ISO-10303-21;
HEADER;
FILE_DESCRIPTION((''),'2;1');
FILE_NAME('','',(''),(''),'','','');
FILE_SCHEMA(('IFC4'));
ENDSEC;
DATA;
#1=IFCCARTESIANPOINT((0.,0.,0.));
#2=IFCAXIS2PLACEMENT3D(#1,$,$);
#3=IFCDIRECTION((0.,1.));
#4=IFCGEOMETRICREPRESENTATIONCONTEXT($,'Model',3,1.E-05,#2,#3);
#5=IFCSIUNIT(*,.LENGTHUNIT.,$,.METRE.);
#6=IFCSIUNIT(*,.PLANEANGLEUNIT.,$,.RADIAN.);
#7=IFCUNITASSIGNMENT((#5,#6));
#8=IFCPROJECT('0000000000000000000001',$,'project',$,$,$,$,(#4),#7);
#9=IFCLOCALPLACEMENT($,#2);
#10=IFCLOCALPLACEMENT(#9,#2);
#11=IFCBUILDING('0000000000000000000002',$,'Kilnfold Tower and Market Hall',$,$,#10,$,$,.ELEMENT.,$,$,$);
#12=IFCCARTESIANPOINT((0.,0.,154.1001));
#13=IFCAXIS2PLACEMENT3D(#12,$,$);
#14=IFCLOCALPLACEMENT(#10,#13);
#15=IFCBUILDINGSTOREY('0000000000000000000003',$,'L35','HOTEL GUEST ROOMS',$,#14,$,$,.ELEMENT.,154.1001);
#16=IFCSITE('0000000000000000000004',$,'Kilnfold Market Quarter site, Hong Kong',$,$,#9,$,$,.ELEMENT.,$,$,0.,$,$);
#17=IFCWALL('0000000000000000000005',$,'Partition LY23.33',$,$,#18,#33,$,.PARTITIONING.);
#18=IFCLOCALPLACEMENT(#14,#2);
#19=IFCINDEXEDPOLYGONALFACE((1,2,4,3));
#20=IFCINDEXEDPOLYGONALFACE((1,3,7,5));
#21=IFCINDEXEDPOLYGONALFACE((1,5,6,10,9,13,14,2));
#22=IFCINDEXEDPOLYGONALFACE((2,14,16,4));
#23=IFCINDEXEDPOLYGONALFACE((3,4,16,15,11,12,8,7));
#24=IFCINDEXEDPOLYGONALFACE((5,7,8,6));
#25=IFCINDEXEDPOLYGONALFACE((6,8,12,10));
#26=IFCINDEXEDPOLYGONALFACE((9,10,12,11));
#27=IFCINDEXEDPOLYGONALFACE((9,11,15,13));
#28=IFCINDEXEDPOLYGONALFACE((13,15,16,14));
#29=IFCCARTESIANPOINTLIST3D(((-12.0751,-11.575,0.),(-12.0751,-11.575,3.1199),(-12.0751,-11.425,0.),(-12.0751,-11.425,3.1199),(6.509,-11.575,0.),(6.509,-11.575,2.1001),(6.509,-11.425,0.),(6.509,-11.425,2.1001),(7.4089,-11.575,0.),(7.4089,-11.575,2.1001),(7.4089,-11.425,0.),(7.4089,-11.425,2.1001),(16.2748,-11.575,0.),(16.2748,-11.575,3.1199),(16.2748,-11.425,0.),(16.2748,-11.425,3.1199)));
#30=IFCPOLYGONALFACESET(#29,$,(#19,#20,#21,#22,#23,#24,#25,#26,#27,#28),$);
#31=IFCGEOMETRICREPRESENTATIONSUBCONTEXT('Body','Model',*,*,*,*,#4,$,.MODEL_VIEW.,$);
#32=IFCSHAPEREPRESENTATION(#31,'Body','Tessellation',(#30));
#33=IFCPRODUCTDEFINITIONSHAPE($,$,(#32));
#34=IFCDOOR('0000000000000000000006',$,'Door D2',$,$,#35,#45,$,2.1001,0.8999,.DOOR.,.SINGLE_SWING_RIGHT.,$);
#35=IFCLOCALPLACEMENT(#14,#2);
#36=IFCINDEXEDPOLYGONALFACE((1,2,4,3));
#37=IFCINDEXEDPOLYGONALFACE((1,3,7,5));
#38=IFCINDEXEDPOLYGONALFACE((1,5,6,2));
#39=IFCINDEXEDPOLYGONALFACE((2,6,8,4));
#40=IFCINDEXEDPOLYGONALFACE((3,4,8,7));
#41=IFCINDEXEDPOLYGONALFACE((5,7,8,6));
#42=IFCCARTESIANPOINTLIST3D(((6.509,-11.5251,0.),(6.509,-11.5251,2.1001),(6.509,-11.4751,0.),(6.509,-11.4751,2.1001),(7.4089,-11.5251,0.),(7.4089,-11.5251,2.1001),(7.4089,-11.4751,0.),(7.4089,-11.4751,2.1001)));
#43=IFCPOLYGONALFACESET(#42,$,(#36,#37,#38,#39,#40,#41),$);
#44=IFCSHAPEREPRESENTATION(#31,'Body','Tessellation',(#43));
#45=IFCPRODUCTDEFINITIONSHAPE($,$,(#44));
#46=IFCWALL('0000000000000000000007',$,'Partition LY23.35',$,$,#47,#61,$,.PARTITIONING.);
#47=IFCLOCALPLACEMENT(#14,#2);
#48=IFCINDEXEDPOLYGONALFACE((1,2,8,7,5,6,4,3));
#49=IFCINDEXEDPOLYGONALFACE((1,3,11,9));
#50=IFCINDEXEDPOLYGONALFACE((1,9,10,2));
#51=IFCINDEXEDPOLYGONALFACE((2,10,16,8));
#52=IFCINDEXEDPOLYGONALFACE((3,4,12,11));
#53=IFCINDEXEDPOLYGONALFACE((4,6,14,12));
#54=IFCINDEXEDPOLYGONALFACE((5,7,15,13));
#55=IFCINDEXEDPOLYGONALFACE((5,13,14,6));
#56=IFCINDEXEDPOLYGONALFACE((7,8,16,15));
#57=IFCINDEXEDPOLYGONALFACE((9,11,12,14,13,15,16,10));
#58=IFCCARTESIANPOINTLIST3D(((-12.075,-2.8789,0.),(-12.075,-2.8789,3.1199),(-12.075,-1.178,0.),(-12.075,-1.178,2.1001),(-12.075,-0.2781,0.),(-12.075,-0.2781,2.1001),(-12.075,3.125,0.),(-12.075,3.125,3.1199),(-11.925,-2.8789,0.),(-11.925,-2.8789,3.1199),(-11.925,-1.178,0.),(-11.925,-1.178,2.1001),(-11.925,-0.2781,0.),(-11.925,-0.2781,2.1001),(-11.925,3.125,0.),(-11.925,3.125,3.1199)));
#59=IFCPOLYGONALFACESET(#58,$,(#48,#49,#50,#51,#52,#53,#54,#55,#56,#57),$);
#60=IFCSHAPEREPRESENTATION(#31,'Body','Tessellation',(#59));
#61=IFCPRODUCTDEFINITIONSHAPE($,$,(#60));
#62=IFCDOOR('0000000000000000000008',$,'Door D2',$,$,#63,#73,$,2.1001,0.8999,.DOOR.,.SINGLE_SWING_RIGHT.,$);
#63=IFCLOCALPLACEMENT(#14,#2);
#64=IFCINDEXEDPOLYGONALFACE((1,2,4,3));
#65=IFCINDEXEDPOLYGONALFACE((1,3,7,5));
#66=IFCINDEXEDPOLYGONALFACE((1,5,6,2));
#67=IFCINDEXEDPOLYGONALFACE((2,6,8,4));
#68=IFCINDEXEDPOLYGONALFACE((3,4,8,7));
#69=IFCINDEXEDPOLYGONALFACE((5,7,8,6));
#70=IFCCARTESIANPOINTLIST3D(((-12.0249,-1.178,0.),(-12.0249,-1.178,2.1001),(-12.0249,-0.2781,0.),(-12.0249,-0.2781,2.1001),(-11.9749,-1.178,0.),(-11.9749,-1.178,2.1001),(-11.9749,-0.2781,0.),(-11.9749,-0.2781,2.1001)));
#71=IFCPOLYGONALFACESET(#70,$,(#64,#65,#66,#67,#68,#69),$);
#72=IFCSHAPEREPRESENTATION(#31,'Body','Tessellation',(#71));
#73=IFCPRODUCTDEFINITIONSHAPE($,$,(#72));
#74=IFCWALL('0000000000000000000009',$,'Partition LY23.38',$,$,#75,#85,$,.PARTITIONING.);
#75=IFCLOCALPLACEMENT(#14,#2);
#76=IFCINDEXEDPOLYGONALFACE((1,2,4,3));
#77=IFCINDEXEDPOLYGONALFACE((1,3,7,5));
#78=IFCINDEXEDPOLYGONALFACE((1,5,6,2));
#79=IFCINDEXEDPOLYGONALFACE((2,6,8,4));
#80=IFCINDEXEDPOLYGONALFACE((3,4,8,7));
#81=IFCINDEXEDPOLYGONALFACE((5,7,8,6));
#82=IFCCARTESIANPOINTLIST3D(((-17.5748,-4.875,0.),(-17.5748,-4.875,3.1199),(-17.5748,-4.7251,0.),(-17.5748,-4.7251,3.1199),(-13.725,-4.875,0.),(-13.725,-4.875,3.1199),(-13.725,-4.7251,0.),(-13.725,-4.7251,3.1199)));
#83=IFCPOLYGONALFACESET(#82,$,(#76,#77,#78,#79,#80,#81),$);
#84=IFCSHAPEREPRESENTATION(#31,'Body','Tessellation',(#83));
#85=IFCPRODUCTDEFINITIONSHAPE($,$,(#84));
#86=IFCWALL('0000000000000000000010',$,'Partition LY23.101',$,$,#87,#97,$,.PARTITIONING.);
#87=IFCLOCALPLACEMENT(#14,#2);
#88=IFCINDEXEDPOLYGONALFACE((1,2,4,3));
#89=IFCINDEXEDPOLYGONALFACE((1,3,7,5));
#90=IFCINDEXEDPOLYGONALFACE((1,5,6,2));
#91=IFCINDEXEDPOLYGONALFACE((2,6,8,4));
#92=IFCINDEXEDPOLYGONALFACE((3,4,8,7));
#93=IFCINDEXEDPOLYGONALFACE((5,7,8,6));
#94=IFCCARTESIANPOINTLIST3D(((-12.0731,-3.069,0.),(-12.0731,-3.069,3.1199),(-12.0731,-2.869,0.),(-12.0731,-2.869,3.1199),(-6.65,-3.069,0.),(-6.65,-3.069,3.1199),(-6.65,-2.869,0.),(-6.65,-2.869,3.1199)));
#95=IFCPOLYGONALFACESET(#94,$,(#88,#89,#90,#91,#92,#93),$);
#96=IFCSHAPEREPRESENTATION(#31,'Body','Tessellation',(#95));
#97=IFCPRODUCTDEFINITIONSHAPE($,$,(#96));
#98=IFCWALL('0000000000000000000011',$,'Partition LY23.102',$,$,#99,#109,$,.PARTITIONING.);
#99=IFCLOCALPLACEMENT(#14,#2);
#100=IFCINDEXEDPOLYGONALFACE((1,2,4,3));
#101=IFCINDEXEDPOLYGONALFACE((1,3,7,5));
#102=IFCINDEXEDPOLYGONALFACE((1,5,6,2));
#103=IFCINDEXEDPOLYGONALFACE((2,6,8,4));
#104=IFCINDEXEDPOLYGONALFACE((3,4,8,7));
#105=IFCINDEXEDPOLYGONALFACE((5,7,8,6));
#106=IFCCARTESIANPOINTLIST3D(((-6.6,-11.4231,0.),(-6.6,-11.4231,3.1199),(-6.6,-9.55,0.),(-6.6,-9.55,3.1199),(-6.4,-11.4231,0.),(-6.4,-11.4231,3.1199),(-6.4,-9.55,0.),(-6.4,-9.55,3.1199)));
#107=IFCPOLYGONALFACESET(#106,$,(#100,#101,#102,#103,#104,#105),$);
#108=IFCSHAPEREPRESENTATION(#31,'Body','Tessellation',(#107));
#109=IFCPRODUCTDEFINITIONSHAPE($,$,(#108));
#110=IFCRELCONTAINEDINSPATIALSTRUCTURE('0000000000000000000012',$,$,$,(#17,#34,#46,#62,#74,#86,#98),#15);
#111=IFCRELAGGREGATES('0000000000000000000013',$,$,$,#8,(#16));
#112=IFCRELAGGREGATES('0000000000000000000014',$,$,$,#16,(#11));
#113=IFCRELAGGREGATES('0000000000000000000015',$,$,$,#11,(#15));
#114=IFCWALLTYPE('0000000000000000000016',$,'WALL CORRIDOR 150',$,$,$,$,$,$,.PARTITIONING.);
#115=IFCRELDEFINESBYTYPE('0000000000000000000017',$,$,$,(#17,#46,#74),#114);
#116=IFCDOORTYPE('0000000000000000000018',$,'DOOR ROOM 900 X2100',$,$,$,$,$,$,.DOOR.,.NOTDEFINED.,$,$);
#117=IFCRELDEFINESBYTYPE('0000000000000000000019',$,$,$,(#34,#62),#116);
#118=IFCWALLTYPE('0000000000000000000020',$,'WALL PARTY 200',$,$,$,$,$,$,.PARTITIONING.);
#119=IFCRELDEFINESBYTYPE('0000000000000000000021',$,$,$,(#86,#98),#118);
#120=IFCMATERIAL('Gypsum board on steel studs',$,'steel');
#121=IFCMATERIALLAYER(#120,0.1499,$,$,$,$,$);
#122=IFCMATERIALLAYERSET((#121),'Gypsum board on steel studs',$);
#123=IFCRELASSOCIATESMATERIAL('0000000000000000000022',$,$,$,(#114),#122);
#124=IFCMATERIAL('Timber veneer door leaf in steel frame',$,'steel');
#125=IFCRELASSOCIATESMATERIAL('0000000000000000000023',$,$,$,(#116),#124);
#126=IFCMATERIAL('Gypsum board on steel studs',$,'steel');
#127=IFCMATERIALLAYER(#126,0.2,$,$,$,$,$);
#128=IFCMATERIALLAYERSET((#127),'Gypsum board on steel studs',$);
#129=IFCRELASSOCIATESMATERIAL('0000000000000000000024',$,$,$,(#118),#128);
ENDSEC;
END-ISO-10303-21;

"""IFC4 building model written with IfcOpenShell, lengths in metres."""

from ifc_helpers import new_model, si_unit, direction, frame, frame_2d, origin, place, context, subcontext, project, spatial, rectangle, extrude, material, layer, layer_set, type_object, element, fill, save


model = new_model("IFC4")

# Units and contexts
model_context = context("Model", 3, precision=1e-05, world=origin(), true_north=direction((0.0, 1.0)))
body_context = subcontext(model_context, "Body", "Model", "MODEL_VIEW")
ifc_project = project(units=[si_unit("LENGTHUNIT", "METRE"), si_unit("PLANEANGLEUNIT", "RADIAN")], contexts=[model_context])

# Site, building, storey
site_placement = place(None, origin())
site = spatial("IfcSite", under=ifc_project, at=site_placement, Name="Kilnfold Market Quarter site, Hong Kong", CompositionType="ELEMENT", RefElevation=0.0)
building_placement = place(site_placement, origin())
building = spatial("IfcBuilding", under=site, at=building_placement, Name="Kilnfold Tower and Market Hall", CompositionType="ELEMENT")
storey_placement = place(building_placement, frame((0.0, 0.0, 154.1001)))
storey = spatial("IfcBuildingStorey", under=building, at=storey_placement, Name="L35", Description="HOTEL GUEST ROOMS", CompositionType="ELEMENT", Elevation=154.1001)

# Walls, openings, doors
ifc_material_1 = material(Name="Gypsum board on steel studs", Category="steel")
ifc_layer_1 = layer(ifc_material_1, 0.1499)
ifc_layer_set_1 = layer_set([ifc_layer_1], Name="Gypsum board on steel studs")
wall_type_1 = type_object("IfcWallType", Name="WALL CORRIDOR 150", PredefinedType="PARTITIONING", material=ifc_layer_set_1)
ifc_material_2 = material(Name="Timber veneer door leaf in steel frame", Category="steel")
door_type = type_object("IfcDoorType", Name="DOOR ROOM 900 X2100", OperationType="NOTDEFINED", PredefinedType="DOOR", material=ifc_material_2)
wall_1_placement = place(storey_placement, frame((-12.075, -11.5, 0.0), z_axis=(0.0, 0.0, 1.0), x_axis=(1.0, 0.0, 0.0)))
wall_1 = element("IfcWall", 1, at=wall_1_placement, inside=storey, type_object=wall_type_1, Name="Partition LY23.33", PredefinedType="PARTITIONING", context=body_context, shape_type="SweptSolid", body=[
    extrude(rectangle(XDim=28.3499, YDim=0.1499, at=frame_2d((14.1748, 0.0))), origin(), (0.0, 0.0, 1.0), 3.1199),
])
opening_1_placement = place(wall_1_placement, frame((18.584, 0.0, 0.0)))
opening_1 = element("IfcOpeningElement", 2, at=opening_1_placement, cuts=wall_1, PredefinedType="OPENING", context=body_context, shape_type="SweptSolid", body=[
    extrude(rectangle(XDim=0.8999, YDim=2.1001, at=frame_2d((0.45, 1.05))), frame((0.0, 0.085, 0.0), z_axis=(0.0, -1.0, 0.0), x_axis=(1.0, 0.0, 0.0)), (0.0, 0.0, 1.0), 0.1699),
])
door_1_placement = place(opening_1_placement, origin())
door_1 = element("IfcDoor", 3, at=door_1_placement, inside=storey, type_object=door_type, Name="Door D2", OperationType="SINGLE_SWING_RIGHT", OverallHeight=2.1001, OverallWidth=0.8999, PredefinedType="DOOR", context=body_context, shape_type="SweptSolid", body=[
    extrude(rectangle(XDim=0.8999, YDim=2.1001, at=frame_2d((0.45, 1.05))), frame((0.0, 0.0249, 0.0), z_axis=(0.0, -1.0, 0.0), x_axis=(1.0, 0.0, 0.0)), (0.0, 0.0, 1.0), 0.05),
])
fill(opening_1, door_1)
wall_2_placement = place(storey_placement, frame((-12.0, -2.8789, 0.0), z_axis=(0.0, 0.0, 1.0), x_axis=(0.0, 1.0, 0.0)))
wall_2 = element("IfcWall", 4, at=wall_2_placement, inside=storey, type_object=wall_type_1, Name="Partition LY23.35", PredefinedType="PARTITIONING", context=body_context, shape_type="SweptSolid", body=[
    extrude(rectangle(XDim=6.0039, YDim=0.1499, at=frame_2d((3.002, 0.0))), origin(), (0.0, 0.0, 1.0), 3.1199),
])
opening_2_placement = place(wall_2_placement, frame((1.7009, 0.0, 0.0)))
opening_2 = element("IfcOpeningElement", 5, at=opening_2_placement, cuts=wall_2, PredefinedType="OPENING", context=body_context, shape_type="SweptSolid", body=[
    extrude(rectangle(XDim=0.8999, YDim=2.1001, at=frame_2d((0.45, 1.05))), frame((0.0, 0.085, 0.0), z_axis=(0.0, -1.0, 0.0), x_axis=(1.0, 0.0, 0.0)), (0.0, 0.0, 1.0), 0.1699),
])
door_2_placement = place(opening_2_placement, origin())
door_2 = element("IfcDoor", 6, at=door_2_placement, inside=storey, type_object=door_type, Name="Door D2", OperationType="SINGLE_SWING_RIGHT", OverallHeight=2.1001, OverallWidth=0.8999, PredefinedType="DOOR", context=body_context, shape_type="SweptSolid", body=[
    extrude(rectangle(XDim=0.8999, YDim=2.1001, at=frame_2d((0.45, 1.05))), frame((0.0, 0.0249, 0.0), z_axis=(0.0, -1.0, 0.0), x_axis=(1.0, 0.0, 0.0)), (0.0, 0.0, 1.0), 0.05),
])
fill(opening_2, door_2)

# Walls
wall_3_placement = place(storey_placement, frame((-13.7251, -4.8, 0.0), z_axis=(0.0, 0.0, 1.0), x_axis=(-1.0, 0.0, 0.0)))
element("IfcWall", 7, at=wall_3_placement, inside=storey, type_object=wall_type_1, Name="Partition LY23.38", PredefinedType="PARTITIONING", context=body_context, shape_type="SweptSolid", body=[
    extrude(rectangle(XDim=3.8499, YDim=0.1499, at=frame_2d((1.9248, 0.0))), origin(), (0.0, 0.0, 1.0), 3.1199),
])
ifc_material_3 = material(Name="Gypsum board on steel studs", Category="steel")
ifc_layer_2 = layer(ifc_material_3, 0.2)
ifc_layer_set_2 = layer_set([ifc_layer_2], Name="Gypsum board on steel studs")
wall_type_2 = type_object("IfcWallType", Name="WALL PARTY 200", PredefinedType="PARTITIONING", material=ifc_layer_set_2)
wall_4_placement = place(storey_placement, frame((-12.073, -2.969, 0.0), z_axis=(0.0, 0.0, 1.0), x_axis=(1.0, 0.0, 0.0)))
element("IfcWall", 8, at=wall_4_placement, inside=storey, type_object=wall_type_2, Name="Partition LY23.101", PredefinedType="PARTITIONING", context=body_context, shape_type="SweptSolid", body=[
    extrude(rectangle(XDim=5.4231, YDim=0.2, at=frame_2d((2.7114, 0.0))), origin(), (0.0, 0.0, 1.0), 3.1199),
])
wall_5_placement = place(storey_placement, frame((-6.5, -11.4231, 0.0), z_axis=(0.0, 0.0, 1.0), x_axis=(0.0, 1.0, 0.0)))
element("IfcWall", 9, at=wall_5_placement, inside=storey, type_object=wall_type_2, Name="Partition LY23.102", PredefinedType="PARTITIONING", context=body_context, shape_type="SweptSolid", body=[
    extrude(rectangle(XDim=1.873, YDim=0.2, at=frame_2d((0.9365, 0.0))), origin(), (0.0, 0.0, 1.0), 3.1199),
])

save(model, "model.ifc")
